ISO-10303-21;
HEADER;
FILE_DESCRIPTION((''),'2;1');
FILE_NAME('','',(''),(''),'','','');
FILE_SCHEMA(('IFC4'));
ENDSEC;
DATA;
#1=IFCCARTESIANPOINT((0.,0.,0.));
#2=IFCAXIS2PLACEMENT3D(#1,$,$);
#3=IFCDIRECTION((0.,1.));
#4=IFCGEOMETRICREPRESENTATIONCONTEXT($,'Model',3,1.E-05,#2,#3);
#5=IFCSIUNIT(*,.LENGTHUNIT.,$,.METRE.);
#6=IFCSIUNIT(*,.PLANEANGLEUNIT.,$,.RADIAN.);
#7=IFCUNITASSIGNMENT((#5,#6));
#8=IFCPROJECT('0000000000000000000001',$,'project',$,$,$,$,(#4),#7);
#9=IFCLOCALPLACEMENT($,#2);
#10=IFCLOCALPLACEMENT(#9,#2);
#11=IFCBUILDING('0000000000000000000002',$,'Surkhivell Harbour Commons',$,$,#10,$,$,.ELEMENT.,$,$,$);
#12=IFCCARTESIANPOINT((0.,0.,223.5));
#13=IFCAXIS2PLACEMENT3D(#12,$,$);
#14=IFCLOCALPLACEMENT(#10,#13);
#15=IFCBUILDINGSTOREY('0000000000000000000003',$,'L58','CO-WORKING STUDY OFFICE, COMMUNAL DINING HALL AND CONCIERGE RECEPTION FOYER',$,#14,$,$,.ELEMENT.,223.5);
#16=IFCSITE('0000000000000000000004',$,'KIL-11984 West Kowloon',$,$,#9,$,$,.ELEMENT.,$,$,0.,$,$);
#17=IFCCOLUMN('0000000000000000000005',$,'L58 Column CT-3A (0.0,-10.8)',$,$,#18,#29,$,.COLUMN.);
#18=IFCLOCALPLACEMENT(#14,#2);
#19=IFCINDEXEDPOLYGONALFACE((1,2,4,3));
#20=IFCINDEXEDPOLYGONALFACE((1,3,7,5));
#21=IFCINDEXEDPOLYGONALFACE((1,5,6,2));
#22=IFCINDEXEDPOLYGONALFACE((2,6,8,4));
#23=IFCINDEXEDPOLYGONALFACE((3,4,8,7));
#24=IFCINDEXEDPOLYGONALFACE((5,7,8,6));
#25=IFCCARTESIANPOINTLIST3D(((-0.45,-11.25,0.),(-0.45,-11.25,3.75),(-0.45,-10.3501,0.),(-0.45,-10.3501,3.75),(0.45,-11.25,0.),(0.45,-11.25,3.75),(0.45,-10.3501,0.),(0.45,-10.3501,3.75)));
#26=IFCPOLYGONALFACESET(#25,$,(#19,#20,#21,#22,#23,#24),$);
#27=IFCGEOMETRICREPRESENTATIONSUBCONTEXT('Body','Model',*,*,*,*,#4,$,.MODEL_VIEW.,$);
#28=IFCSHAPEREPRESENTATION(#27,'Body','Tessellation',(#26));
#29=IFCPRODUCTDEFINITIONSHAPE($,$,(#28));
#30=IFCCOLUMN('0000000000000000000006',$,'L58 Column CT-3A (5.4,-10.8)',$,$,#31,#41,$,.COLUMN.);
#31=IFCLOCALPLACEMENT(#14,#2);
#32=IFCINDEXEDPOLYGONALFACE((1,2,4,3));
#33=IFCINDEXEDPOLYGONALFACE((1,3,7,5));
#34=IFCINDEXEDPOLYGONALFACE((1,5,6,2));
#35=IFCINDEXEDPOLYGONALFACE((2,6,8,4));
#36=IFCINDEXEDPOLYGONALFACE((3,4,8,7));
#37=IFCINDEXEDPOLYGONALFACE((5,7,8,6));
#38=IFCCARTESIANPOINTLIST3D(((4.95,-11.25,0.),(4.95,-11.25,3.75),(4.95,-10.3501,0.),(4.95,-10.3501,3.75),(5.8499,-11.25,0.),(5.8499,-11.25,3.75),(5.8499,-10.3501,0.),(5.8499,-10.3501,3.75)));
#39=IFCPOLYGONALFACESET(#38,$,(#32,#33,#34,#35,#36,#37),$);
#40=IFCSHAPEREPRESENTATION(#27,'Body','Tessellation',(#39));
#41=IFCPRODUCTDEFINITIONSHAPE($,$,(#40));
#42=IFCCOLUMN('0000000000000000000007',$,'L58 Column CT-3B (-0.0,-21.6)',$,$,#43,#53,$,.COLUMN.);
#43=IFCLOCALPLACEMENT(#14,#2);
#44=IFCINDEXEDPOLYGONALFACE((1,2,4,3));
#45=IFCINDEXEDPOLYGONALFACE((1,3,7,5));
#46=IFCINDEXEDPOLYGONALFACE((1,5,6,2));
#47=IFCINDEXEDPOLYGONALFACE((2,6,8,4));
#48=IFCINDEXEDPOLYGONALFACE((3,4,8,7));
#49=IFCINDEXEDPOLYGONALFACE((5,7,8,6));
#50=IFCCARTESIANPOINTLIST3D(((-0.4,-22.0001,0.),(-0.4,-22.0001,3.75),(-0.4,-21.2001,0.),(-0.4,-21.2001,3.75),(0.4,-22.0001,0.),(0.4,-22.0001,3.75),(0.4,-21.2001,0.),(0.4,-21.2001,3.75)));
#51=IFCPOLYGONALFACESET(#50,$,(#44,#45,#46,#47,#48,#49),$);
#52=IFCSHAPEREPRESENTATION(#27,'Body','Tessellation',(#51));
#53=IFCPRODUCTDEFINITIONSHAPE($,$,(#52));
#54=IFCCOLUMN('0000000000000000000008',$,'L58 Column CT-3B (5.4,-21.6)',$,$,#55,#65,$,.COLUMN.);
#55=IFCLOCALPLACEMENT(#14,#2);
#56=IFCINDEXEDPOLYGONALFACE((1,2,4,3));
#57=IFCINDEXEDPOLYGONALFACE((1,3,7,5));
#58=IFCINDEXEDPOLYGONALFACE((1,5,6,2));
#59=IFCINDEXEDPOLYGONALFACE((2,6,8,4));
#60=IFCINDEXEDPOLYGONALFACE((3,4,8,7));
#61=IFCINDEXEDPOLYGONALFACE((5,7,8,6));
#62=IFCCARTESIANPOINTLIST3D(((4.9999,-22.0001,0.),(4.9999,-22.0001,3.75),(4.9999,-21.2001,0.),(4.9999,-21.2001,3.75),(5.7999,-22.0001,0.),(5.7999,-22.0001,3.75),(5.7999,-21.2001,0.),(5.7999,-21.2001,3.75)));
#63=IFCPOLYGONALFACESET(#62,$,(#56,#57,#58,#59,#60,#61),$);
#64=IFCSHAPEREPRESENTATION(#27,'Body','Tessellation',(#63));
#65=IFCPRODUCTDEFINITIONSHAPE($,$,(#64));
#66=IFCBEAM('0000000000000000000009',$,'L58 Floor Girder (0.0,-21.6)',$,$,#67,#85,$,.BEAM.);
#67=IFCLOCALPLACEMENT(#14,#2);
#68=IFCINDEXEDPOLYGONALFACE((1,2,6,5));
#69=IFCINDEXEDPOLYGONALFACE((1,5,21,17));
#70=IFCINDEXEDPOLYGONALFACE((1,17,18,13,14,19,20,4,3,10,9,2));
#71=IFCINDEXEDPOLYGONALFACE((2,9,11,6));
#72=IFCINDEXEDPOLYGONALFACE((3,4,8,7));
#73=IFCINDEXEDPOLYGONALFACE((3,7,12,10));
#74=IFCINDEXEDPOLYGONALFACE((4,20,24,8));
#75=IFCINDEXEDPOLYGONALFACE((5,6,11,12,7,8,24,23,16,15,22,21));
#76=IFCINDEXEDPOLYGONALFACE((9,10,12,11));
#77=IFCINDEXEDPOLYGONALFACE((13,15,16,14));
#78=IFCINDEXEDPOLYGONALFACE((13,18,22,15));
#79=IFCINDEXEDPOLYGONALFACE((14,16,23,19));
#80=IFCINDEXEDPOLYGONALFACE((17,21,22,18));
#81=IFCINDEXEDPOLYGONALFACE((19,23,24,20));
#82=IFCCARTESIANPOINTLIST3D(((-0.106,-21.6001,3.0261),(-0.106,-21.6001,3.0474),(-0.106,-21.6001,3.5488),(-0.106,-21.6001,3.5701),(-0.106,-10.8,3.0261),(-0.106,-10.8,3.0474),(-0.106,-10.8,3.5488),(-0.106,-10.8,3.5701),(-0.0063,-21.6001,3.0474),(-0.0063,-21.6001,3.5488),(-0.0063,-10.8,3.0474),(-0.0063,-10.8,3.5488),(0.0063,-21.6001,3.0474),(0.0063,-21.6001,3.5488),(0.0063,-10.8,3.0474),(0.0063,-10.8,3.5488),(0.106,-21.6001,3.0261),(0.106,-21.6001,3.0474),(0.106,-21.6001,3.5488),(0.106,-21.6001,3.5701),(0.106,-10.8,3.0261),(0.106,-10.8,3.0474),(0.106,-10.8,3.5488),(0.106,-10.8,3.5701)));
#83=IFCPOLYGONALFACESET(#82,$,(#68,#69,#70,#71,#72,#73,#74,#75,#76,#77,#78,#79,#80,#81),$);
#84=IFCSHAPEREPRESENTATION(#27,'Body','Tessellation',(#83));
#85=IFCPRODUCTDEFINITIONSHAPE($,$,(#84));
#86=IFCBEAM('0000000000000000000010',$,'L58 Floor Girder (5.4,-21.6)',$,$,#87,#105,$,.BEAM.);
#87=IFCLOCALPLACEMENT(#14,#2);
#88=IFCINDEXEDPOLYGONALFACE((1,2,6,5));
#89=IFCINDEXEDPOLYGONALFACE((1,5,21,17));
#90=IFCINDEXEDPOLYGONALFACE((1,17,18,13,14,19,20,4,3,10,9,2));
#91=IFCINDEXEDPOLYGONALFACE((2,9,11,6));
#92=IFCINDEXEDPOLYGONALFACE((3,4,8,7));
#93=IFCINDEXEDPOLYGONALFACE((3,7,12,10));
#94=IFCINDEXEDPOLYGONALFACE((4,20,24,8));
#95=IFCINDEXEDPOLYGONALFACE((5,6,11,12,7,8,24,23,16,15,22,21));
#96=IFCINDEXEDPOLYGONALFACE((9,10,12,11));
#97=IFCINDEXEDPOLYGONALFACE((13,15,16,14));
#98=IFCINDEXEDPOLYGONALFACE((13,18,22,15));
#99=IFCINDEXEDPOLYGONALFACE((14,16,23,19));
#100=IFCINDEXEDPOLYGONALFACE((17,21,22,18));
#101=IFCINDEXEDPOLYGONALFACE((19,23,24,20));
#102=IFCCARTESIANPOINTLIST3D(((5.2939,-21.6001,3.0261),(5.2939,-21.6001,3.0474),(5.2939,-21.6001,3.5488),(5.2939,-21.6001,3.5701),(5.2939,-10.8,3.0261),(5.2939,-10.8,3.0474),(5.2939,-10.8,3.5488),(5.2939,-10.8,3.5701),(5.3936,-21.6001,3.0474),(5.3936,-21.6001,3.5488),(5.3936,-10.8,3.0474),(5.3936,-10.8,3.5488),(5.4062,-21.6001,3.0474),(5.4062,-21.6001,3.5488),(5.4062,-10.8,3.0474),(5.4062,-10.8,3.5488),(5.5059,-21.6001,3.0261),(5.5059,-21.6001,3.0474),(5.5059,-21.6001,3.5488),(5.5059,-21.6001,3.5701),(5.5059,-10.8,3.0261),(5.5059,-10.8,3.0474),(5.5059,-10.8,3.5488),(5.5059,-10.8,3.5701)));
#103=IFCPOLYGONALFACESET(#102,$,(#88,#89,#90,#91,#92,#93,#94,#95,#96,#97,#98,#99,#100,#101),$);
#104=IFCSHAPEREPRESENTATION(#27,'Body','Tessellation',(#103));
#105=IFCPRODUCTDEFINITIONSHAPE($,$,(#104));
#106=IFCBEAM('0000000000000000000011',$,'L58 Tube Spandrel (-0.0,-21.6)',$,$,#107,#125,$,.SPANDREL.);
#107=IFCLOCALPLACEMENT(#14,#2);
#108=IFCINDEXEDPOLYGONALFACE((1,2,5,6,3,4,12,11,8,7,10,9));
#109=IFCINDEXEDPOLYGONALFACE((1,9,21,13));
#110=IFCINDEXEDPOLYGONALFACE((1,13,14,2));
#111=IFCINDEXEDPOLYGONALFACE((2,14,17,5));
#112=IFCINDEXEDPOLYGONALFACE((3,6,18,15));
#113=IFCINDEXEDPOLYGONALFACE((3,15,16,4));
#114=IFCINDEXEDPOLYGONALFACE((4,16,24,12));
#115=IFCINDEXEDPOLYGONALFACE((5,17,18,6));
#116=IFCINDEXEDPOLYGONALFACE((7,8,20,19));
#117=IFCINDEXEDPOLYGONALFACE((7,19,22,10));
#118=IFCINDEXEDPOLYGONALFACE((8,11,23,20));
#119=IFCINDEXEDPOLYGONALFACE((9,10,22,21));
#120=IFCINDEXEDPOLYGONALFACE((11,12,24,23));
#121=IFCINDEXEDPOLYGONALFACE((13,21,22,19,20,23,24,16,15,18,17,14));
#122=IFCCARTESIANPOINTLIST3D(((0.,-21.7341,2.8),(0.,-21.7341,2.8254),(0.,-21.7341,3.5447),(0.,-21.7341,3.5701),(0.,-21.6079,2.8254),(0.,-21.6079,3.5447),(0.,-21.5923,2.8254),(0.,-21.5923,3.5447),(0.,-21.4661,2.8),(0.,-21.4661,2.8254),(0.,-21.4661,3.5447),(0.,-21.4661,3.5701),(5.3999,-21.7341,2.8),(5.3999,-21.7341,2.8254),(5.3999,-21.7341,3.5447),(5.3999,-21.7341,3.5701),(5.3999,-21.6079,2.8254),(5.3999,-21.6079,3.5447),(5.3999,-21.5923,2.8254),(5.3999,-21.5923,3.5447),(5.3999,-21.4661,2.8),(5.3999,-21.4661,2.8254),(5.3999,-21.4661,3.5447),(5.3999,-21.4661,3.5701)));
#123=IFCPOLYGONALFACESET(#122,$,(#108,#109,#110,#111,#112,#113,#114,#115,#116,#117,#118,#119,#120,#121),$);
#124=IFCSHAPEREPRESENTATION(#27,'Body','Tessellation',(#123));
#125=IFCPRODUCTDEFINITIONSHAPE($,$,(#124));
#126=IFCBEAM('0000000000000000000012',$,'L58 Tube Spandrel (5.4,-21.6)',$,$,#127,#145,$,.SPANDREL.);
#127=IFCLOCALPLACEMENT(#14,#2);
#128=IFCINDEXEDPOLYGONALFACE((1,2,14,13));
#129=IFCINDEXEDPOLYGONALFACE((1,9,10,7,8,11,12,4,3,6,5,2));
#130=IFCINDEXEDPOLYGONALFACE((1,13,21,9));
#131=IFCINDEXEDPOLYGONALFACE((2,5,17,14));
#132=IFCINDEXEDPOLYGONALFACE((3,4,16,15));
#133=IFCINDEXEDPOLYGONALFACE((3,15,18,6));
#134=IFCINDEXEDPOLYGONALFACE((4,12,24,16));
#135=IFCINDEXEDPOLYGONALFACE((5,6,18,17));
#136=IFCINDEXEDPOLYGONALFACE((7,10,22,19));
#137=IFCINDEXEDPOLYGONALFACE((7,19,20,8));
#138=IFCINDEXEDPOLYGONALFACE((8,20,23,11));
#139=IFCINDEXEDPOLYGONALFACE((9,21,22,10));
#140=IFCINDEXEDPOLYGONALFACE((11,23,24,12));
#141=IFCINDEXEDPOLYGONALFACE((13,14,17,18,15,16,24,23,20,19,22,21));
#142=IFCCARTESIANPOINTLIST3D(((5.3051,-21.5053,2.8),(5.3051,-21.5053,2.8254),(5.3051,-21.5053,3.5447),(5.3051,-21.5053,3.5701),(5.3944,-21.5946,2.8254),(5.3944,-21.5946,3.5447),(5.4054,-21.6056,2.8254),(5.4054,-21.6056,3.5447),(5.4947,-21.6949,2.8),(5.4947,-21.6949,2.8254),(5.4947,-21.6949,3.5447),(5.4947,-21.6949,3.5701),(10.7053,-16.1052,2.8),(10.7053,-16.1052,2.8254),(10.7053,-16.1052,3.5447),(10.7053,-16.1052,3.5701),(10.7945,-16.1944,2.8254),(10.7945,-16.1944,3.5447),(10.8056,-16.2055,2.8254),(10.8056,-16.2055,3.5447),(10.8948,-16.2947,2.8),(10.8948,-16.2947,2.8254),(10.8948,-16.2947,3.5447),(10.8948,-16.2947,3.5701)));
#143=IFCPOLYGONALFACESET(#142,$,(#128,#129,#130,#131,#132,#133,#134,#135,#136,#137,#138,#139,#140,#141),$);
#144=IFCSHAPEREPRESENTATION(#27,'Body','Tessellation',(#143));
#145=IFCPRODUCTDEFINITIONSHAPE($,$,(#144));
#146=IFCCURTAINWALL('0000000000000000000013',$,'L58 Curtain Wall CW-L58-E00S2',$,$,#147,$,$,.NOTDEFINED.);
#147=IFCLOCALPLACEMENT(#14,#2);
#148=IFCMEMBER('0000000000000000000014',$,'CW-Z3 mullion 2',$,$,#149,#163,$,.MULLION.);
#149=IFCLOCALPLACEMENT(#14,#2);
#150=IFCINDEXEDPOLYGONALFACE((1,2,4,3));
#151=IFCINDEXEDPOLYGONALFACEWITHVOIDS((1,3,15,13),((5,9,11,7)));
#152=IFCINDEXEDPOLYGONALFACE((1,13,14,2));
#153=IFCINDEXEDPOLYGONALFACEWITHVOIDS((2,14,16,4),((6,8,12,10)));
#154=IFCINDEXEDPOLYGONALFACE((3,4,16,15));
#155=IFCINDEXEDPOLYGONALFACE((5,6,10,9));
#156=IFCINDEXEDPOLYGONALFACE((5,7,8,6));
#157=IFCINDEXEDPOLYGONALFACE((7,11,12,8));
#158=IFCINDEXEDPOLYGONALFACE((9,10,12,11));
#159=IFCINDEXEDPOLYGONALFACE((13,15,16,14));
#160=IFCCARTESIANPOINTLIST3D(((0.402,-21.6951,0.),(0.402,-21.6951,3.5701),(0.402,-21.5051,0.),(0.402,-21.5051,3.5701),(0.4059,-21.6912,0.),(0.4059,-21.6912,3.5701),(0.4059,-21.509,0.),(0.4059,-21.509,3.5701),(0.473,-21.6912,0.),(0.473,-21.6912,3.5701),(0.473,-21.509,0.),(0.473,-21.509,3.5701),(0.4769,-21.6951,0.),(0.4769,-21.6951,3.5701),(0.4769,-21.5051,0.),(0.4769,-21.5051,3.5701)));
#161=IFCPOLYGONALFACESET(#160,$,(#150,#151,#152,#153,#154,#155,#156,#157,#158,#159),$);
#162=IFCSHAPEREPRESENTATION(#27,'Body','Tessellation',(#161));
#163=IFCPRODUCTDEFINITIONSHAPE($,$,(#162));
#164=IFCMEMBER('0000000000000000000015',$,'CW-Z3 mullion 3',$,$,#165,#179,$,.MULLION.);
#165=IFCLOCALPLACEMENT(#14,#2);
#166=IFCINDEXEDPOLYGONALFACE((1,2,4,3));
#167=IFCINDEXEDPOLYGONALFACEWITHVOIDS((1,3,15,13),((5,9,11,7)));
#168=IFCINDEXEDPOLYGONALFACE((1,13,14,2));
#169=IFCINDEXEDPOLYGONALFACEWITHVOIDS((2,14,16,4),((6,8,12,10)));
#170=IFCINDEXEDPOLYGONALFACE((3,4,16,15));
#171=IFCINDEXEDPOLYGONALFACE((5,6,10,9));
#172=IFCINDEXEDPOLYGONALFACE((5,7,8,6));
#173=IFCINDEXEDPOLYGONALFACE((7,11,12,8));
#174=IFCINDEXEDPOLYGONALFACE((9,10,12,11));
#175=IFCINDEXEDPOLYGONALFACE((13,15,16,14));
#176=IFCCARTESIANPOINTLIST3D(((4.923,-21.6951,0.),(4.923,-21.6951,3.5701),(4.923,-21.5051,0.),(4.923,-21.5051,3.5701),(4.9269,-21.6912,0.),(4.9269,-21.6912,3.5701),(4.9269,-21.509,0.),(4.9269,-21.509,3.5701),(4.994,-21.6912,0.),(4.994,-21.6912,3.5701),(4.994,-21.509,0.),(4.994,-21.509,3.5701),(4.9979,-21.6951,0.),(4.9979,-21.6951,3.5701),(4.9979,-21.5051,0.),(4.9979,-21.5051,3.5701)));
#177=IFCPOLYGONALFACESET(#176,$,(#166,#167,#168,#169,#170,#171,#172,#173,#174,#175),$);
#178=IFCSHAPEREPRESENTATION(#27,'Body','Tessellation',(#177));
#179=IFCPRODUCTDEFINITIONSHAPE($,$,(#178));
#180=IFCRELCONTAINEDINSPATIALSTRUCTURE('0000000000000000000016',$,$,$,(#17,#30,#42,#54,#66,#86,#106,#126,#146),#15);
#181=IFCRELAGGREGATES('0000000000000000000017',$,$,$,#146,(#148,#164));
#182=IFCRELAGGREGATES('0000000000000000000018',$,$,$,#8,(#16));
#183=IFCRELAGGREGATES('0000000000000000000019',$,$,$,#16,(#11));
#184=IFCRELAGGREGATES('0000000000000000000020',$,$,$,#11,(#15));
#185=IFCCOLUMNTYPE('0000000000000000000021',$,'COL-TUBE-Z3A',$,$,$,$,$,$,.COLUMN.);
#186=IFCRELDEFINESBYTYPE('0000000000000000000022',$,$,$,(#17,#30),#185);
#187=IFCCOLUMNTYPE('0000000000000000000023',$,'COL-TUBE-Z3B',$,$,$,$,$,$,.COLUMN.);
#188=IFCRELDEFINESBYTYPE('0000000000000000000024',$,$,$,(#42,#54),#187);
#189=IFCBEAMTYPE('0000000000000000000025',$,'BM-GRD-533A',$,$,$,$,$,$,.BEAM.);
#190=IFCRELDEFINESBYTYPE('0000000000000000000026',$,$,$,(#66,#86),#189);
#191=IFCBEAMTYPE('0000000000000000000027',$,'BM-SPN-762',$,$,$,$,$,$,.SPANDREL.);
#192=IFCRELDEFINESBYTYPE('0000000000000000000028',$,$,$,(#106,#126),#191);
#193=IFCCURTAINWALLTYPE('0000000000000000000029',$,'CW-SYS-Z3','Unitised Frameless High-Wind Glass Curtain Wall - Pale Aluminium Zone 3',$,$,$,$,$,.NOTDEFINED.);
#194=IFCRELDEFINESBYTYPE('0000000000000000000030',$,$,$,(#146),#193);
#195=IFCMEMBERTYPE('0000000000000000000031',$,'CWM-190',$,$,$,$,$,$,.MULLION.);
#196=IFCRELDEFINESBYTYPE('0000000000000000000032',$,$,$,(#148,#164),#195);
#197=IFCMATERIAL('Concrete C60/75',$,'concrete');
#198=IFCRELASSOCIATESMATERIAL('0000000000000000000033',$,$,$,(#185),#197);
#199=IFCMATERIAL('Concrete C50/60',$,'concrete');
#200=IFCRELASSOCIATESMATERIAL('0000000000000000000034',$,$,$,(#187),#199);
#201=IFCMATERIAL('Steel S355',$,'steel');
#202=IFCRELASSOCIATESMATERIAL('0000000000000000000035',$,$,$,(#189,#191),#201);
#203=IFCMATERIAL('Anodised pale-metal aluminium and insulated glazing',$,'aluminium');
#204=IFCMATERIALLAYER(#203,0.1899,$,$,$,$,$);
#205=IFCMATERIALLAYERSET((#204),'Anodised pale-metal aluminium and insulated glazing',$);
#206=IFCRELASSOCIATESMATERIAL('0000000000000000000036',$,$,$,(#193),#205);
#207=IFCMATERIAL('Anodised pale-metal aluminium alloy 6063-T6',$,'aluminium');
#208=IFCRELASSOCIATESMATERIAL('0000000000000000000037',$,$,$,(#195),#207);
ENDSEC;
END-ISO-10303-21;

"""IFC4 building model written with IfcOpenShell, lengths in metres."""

from ifc_helpers import new_model, si_unit, direction, frame, origin, origin_2d, place, context, subcontext, project, spatial, rectangle, hollow_rectangle, i_section, extrude, material, layer, layer_set, material_profile, profile_set, type_object, element, aggregate, save


model = new_model("IFC4")

# Units and contexts
model_context = context("Model", 3, precision=1e-05, world=origin(), true_north=direction((0.0, 1.0)))
body_context = subcontext(model_context, "Body", "Model", "MODEL_VIEW")
ifc_project = project(units=[si_unit("LENGTHUNIT", "METRE"), si_unit("PLANEANGLEUNIT", "RADIAN")], contexts=[model_context])

# Site, building, storey
site_placement = place(None, origin())
site = spatial("IfcSite", under=ifc_project, at=site_placement, Name="KIL-11984 West Kowloon", CompositionType="ELEMENT", RefElevation=0.0)
building_placement = place(site_placement, origin())
building = spatial("IfcBuilding", under=site, at=building_placement, Name="Surkhivell Harbour Commons", CompositionType="ELEMENT")
storey_placement = place(building_placement, frame((0.0, 0.0, 223.5)))
storey = spatial("IfcBuildingStorey", under=building, at=storey_placement, Name="L58", Description="CO-WORKING STUDY OFFICE, COMMUNAL DINING HALL AND CONCIERGE RECEPTION FOYER", CompositionType="ELEMENT", Elevation=223.5)

# Columns
ifc_material_1 = material(Name="Concrete C60/75", Category="concrete")
ifc_material_profile_1 = material_profile(ifc_material_1, rectangle(XDim=0.8999, YDim=0.8999, at=origin_2d()), Name="RC-COL-900x900")
ifc_profile_set_1 = profile_set([ifc_material_profile_1], Name="Concrete C60/75")
column_type_1 = type_object("IfcColumnType", Name="COL-TUBE-Z3A", PredefinedType="COLUMN", material=ifc_profile_set_1)
for number, where, z_axis, x_axis, name in (
    (1, (0.0, -10.8, 0.0), (0.0, 0.0, 1.0), (1.0, 0.0, 0.0), "L58 Column CT-3A (0.0,-10.8)"),
    (2, (5.3999, -10.8, 0.0), (0.0, 0.0, 1.0), (1.0, 0.0, 0.0), "L58 Column CT-3A (5.4,-10.8)"),
):
    element("IfcColumn", number, at=place(storey_placement, frame(where, z_axis=z_axis, x_axis=x_axis)), inside=storey, type_object=column_type_1, Name=name, PredefinedType="COLUMN", context=body_context, shape_type="SweptSolid", body=[
        extrude(rectangle(XDim=0.8999, YDim=0.8999, at=origin_2d()), origin(), (0.0, 0.0, 1.0), 3.75),
    ])
ifc_material_2 = material(Name="Concrete C50/60", Category="concrete")
ifc_material_profile_2 = material_profile(ifc_material_2, rectangle(XDim=0.8, YDim=0.8, at=origin_2d()), Name="RC-COL-800x800")
ifc_profile_set_2 = profile_set([ifc_material_profile_2], Name="Concrete C50/60")
column_type_2 = type_object("IfcColumnType", Name="COL-TUBE-Z3B", PredefinedType="COLUMN", material=ifc_profile_set_2)
for number, where, z_axis, x_axis, name in (
    (3, (0.0, -21.6001, 0.0), (0.0, 0.0, 1.0), (1.0, 0.0, 0.0), "L58 Column CT-3B (-0.0,-21.6)"),
    (4, (5.3999, -21.6001, 0.0), (0.0, 0.0, 1.0), (1.0, 0.0, 0.0), "L58 Column CT-3B (5.4,-21.6)"),
):
    element("IfcColumn", number, at=place(storey_placement, frame(where, z_axis=z_axis, x_axis=x_axis)), inside=storey, type_object=column_type_2, Name=name, PredefinedType="COLUMN", context=body_context, shape_type="SweptSolid", body=[
        extrude(rectangle(XDim=0.8, YDim=0.8, at=origin_2d()), origin(), (0.0, 0.0, 1.0), 3.75),
    ])

# Beams
ifc_material_3 = material(Name="Steel S355", Category="steel")
ifc_material_profile_3 = material_profile(ifc_material_3, i_section(OverallWidth=0.2119, OverallDepth=0.5439, WebThickness=0.0127, FlangeThickness=0.0212, at=origin_2d()), Name="UB533x210x122")
ifc_profile_set_3 = profile_set([ifc_material_profile_3], Name="Steel S355")
beam_type_1 = type_object("IfcBeamType", Name="BM-GRD-533A", PredefinedType="BEAM", material=ifc_profile_set_3)
for number, where, z_axis, x_axis, name in (
    (5, (0.0, -21.6001, 3.2981), (0.0, 1.0, 0.0), (-1.0, 0.0, 0.0), "L58 Floor Girder (0.0,-21.6)"),
    (6, (5.3999, -21.6001, 3.2981), (0.0, 1.0, 0.0), (-1.0, 0.0, 0.0), "L58 Floor Girder (5.4,-21.6)"),
):
    element("IfcBeam", number, at=place(storey_placement, frame(where, z_axis=z_axis, x_axis=x_axis)), inside=storey, type_object=beam_type_1, Name=name, PredefinedType="BEAM", context=body_context, shape_type="SweptSolid", body=[
        extrude(i_section(OverallWidth=0.2119, OverallDepth=0.5439, WebThickness=0.0127, FlangeThickness=0.0212, at=origin_2d()), origin(), (0.0, 0.0, 1.0), 10.8),
    ])
ifc_material_profile_4 = material_profile(ifc_material_3, i_section(OverallWidth=0.2681, OverallDepth=0.77, WebThickness=0.0156, FlangeThickness=0.0254, at=origin_2d()), Name="UB762x267x197")
ifc_profile_set_4 = profile_set([ifc_material_profile_4], Name="Steel S355")
beam_type_2 = type_object("IfcBeamType", Name="BM-SPN-762", PredefinedType="SPANDREL", material=ifc_profile_set_4)
beam_1_placement = place(storey_placement, frame((0.0, -21.6001, 3.1851), z_axis=(1.0, 0.0, 0.0), x_axis=(0.0, 1.0, 0.0)))
element("IfcBeam", 7, at=beam_1_placement, inside=storey, type_object=beam_type_2, Name="L58 Tube Spandrel (-0.0,-21.6)", PredefinedType="SPANDREL", context=body_context, shape_type="SweptSolid", body=[
    extrude(i_section(OverallWidth=0.2681, OverallDepth=0.77, WebThickness=0.0156, FlangeThickness=0.0254, at=origin_2d()), origin(), (0.0, 0.0, 1.0), 5.3999),
])
beam_2_placement = place(storey_placement, frame((5.3999, -21.6001, 3.1851), z_axis=(0.707107, 0.707107, 0.0), x_axis=(-0.707107, 0.707107, 0.0)))
element("IfcBeam", 8, at=beam_2_placement, inside=storey, type_object=beam_type_2, Name="L58 Tube Spandrel (5.4,-21.6)", PredefinedType="SPANDREL", context=body_context, shape_type="SweptSolid", body=[
    extrude(i_section(OverallWidth=0.2681, OverallDepth=0.77, WebThickness=0.0156, FlangeThickness=0.0254, at=origin_2d()), origin(), (0.0, 0.0, 1.0), 7.637),
])

# Curtain wall, members
ifc_material_4 = material(Name="Anodised pale-metal aluminium and insulated glazing", Category="aluminium")
ifc_layer_1 = layer(ifc_material_4, 0.1899)
ifc_layer_set_1 = layer_set([ifc_layer_1], Name="Anodised pale-metal aluminium and insulated glazing")
curtain_wall_type = type_object("IfcCurtainWallType", Name="CW-SYS-Z3", Description="Unitised Frameless High-Wind Glass Curtain Wall - Pale Aluminium Zone 3", PredefinedType="NOTDEFINED", material=ifc_layer_set_1)
curtain_wall_placement = place(storey_placement, origin())
curtain_wall = element("IfcCurtainWall", 9, at=curtain_wall_placement, inside=storey, type_object=curtain_wall_type, Name="L58 Curtain Wall CW-L58-E00S2", PredefinedType="NOTDEFINED")
ifc_material_5 = material(Name="Anodised pale-metal aluminium alloy 6063-T6", Category="aluminium")
ifc_material_profile_5 = material_profile(ifc_material_5, hollow_rectangle(XDim=0.075, YDim=0.1899, WallThickness=0.0039, at=origin_2d()), Name="ALU-MULL-75x190")
ifc_profile_set_5 = profile_set([ifc_material_profile_5], Name="Anodised pale-metal aluminium alloy 6063-T6")
member_type_1 = type_object("IfcMemberType", Name="CWM-190", PredefinedType="MULLION", material=ifc_profile_set_5)
member_1_placement = place(storey_placement, frame((0.4395, -21.6001, 0.0), z_axis=(0.0, 0.0, 1.0), x_axis=(1.0, 0.0, 0.0)))
member_1 = element("IfcMember", 10, at=member_1_placement, type_object=member_type_1, Name="CW-Z3 mullion 2", PredefinedType="MULLION", context=body_context, shape_type="SweptSolid", body=[
    extrude(hollow_rectangle(XDim=0.075, YDim=0.1899, WallThickness=0.0039, at=origin_2d()), origin(), (0.0, 0.0, 1.0), 3.5701),
])
member_2_placement = place(storey_placement, frame((4.9604, -21.6001, 0.0), z_axis=(0.0, 0.0, 1.0), x_axis=(1.0, 0.0, 0.0)))
member_2 = element("IfcMember", 11, at=member_2_placement, type_object=member_type_1, Name="CW-Z3 mullion 3", PredefinedType="MULLION", context=body_context, shape_type="SweptSolid", body=[
    extrude(hollow_rectangle(XDim=0.075, YDim=0.1899, WallThickness=0.0039, at=origin_2d()), origin(), (0.0, 0.0, 1.0), 3.5701),
])
aggregate(curtain_wall, [member_1, member_2])

save(model, "model.ifc")
